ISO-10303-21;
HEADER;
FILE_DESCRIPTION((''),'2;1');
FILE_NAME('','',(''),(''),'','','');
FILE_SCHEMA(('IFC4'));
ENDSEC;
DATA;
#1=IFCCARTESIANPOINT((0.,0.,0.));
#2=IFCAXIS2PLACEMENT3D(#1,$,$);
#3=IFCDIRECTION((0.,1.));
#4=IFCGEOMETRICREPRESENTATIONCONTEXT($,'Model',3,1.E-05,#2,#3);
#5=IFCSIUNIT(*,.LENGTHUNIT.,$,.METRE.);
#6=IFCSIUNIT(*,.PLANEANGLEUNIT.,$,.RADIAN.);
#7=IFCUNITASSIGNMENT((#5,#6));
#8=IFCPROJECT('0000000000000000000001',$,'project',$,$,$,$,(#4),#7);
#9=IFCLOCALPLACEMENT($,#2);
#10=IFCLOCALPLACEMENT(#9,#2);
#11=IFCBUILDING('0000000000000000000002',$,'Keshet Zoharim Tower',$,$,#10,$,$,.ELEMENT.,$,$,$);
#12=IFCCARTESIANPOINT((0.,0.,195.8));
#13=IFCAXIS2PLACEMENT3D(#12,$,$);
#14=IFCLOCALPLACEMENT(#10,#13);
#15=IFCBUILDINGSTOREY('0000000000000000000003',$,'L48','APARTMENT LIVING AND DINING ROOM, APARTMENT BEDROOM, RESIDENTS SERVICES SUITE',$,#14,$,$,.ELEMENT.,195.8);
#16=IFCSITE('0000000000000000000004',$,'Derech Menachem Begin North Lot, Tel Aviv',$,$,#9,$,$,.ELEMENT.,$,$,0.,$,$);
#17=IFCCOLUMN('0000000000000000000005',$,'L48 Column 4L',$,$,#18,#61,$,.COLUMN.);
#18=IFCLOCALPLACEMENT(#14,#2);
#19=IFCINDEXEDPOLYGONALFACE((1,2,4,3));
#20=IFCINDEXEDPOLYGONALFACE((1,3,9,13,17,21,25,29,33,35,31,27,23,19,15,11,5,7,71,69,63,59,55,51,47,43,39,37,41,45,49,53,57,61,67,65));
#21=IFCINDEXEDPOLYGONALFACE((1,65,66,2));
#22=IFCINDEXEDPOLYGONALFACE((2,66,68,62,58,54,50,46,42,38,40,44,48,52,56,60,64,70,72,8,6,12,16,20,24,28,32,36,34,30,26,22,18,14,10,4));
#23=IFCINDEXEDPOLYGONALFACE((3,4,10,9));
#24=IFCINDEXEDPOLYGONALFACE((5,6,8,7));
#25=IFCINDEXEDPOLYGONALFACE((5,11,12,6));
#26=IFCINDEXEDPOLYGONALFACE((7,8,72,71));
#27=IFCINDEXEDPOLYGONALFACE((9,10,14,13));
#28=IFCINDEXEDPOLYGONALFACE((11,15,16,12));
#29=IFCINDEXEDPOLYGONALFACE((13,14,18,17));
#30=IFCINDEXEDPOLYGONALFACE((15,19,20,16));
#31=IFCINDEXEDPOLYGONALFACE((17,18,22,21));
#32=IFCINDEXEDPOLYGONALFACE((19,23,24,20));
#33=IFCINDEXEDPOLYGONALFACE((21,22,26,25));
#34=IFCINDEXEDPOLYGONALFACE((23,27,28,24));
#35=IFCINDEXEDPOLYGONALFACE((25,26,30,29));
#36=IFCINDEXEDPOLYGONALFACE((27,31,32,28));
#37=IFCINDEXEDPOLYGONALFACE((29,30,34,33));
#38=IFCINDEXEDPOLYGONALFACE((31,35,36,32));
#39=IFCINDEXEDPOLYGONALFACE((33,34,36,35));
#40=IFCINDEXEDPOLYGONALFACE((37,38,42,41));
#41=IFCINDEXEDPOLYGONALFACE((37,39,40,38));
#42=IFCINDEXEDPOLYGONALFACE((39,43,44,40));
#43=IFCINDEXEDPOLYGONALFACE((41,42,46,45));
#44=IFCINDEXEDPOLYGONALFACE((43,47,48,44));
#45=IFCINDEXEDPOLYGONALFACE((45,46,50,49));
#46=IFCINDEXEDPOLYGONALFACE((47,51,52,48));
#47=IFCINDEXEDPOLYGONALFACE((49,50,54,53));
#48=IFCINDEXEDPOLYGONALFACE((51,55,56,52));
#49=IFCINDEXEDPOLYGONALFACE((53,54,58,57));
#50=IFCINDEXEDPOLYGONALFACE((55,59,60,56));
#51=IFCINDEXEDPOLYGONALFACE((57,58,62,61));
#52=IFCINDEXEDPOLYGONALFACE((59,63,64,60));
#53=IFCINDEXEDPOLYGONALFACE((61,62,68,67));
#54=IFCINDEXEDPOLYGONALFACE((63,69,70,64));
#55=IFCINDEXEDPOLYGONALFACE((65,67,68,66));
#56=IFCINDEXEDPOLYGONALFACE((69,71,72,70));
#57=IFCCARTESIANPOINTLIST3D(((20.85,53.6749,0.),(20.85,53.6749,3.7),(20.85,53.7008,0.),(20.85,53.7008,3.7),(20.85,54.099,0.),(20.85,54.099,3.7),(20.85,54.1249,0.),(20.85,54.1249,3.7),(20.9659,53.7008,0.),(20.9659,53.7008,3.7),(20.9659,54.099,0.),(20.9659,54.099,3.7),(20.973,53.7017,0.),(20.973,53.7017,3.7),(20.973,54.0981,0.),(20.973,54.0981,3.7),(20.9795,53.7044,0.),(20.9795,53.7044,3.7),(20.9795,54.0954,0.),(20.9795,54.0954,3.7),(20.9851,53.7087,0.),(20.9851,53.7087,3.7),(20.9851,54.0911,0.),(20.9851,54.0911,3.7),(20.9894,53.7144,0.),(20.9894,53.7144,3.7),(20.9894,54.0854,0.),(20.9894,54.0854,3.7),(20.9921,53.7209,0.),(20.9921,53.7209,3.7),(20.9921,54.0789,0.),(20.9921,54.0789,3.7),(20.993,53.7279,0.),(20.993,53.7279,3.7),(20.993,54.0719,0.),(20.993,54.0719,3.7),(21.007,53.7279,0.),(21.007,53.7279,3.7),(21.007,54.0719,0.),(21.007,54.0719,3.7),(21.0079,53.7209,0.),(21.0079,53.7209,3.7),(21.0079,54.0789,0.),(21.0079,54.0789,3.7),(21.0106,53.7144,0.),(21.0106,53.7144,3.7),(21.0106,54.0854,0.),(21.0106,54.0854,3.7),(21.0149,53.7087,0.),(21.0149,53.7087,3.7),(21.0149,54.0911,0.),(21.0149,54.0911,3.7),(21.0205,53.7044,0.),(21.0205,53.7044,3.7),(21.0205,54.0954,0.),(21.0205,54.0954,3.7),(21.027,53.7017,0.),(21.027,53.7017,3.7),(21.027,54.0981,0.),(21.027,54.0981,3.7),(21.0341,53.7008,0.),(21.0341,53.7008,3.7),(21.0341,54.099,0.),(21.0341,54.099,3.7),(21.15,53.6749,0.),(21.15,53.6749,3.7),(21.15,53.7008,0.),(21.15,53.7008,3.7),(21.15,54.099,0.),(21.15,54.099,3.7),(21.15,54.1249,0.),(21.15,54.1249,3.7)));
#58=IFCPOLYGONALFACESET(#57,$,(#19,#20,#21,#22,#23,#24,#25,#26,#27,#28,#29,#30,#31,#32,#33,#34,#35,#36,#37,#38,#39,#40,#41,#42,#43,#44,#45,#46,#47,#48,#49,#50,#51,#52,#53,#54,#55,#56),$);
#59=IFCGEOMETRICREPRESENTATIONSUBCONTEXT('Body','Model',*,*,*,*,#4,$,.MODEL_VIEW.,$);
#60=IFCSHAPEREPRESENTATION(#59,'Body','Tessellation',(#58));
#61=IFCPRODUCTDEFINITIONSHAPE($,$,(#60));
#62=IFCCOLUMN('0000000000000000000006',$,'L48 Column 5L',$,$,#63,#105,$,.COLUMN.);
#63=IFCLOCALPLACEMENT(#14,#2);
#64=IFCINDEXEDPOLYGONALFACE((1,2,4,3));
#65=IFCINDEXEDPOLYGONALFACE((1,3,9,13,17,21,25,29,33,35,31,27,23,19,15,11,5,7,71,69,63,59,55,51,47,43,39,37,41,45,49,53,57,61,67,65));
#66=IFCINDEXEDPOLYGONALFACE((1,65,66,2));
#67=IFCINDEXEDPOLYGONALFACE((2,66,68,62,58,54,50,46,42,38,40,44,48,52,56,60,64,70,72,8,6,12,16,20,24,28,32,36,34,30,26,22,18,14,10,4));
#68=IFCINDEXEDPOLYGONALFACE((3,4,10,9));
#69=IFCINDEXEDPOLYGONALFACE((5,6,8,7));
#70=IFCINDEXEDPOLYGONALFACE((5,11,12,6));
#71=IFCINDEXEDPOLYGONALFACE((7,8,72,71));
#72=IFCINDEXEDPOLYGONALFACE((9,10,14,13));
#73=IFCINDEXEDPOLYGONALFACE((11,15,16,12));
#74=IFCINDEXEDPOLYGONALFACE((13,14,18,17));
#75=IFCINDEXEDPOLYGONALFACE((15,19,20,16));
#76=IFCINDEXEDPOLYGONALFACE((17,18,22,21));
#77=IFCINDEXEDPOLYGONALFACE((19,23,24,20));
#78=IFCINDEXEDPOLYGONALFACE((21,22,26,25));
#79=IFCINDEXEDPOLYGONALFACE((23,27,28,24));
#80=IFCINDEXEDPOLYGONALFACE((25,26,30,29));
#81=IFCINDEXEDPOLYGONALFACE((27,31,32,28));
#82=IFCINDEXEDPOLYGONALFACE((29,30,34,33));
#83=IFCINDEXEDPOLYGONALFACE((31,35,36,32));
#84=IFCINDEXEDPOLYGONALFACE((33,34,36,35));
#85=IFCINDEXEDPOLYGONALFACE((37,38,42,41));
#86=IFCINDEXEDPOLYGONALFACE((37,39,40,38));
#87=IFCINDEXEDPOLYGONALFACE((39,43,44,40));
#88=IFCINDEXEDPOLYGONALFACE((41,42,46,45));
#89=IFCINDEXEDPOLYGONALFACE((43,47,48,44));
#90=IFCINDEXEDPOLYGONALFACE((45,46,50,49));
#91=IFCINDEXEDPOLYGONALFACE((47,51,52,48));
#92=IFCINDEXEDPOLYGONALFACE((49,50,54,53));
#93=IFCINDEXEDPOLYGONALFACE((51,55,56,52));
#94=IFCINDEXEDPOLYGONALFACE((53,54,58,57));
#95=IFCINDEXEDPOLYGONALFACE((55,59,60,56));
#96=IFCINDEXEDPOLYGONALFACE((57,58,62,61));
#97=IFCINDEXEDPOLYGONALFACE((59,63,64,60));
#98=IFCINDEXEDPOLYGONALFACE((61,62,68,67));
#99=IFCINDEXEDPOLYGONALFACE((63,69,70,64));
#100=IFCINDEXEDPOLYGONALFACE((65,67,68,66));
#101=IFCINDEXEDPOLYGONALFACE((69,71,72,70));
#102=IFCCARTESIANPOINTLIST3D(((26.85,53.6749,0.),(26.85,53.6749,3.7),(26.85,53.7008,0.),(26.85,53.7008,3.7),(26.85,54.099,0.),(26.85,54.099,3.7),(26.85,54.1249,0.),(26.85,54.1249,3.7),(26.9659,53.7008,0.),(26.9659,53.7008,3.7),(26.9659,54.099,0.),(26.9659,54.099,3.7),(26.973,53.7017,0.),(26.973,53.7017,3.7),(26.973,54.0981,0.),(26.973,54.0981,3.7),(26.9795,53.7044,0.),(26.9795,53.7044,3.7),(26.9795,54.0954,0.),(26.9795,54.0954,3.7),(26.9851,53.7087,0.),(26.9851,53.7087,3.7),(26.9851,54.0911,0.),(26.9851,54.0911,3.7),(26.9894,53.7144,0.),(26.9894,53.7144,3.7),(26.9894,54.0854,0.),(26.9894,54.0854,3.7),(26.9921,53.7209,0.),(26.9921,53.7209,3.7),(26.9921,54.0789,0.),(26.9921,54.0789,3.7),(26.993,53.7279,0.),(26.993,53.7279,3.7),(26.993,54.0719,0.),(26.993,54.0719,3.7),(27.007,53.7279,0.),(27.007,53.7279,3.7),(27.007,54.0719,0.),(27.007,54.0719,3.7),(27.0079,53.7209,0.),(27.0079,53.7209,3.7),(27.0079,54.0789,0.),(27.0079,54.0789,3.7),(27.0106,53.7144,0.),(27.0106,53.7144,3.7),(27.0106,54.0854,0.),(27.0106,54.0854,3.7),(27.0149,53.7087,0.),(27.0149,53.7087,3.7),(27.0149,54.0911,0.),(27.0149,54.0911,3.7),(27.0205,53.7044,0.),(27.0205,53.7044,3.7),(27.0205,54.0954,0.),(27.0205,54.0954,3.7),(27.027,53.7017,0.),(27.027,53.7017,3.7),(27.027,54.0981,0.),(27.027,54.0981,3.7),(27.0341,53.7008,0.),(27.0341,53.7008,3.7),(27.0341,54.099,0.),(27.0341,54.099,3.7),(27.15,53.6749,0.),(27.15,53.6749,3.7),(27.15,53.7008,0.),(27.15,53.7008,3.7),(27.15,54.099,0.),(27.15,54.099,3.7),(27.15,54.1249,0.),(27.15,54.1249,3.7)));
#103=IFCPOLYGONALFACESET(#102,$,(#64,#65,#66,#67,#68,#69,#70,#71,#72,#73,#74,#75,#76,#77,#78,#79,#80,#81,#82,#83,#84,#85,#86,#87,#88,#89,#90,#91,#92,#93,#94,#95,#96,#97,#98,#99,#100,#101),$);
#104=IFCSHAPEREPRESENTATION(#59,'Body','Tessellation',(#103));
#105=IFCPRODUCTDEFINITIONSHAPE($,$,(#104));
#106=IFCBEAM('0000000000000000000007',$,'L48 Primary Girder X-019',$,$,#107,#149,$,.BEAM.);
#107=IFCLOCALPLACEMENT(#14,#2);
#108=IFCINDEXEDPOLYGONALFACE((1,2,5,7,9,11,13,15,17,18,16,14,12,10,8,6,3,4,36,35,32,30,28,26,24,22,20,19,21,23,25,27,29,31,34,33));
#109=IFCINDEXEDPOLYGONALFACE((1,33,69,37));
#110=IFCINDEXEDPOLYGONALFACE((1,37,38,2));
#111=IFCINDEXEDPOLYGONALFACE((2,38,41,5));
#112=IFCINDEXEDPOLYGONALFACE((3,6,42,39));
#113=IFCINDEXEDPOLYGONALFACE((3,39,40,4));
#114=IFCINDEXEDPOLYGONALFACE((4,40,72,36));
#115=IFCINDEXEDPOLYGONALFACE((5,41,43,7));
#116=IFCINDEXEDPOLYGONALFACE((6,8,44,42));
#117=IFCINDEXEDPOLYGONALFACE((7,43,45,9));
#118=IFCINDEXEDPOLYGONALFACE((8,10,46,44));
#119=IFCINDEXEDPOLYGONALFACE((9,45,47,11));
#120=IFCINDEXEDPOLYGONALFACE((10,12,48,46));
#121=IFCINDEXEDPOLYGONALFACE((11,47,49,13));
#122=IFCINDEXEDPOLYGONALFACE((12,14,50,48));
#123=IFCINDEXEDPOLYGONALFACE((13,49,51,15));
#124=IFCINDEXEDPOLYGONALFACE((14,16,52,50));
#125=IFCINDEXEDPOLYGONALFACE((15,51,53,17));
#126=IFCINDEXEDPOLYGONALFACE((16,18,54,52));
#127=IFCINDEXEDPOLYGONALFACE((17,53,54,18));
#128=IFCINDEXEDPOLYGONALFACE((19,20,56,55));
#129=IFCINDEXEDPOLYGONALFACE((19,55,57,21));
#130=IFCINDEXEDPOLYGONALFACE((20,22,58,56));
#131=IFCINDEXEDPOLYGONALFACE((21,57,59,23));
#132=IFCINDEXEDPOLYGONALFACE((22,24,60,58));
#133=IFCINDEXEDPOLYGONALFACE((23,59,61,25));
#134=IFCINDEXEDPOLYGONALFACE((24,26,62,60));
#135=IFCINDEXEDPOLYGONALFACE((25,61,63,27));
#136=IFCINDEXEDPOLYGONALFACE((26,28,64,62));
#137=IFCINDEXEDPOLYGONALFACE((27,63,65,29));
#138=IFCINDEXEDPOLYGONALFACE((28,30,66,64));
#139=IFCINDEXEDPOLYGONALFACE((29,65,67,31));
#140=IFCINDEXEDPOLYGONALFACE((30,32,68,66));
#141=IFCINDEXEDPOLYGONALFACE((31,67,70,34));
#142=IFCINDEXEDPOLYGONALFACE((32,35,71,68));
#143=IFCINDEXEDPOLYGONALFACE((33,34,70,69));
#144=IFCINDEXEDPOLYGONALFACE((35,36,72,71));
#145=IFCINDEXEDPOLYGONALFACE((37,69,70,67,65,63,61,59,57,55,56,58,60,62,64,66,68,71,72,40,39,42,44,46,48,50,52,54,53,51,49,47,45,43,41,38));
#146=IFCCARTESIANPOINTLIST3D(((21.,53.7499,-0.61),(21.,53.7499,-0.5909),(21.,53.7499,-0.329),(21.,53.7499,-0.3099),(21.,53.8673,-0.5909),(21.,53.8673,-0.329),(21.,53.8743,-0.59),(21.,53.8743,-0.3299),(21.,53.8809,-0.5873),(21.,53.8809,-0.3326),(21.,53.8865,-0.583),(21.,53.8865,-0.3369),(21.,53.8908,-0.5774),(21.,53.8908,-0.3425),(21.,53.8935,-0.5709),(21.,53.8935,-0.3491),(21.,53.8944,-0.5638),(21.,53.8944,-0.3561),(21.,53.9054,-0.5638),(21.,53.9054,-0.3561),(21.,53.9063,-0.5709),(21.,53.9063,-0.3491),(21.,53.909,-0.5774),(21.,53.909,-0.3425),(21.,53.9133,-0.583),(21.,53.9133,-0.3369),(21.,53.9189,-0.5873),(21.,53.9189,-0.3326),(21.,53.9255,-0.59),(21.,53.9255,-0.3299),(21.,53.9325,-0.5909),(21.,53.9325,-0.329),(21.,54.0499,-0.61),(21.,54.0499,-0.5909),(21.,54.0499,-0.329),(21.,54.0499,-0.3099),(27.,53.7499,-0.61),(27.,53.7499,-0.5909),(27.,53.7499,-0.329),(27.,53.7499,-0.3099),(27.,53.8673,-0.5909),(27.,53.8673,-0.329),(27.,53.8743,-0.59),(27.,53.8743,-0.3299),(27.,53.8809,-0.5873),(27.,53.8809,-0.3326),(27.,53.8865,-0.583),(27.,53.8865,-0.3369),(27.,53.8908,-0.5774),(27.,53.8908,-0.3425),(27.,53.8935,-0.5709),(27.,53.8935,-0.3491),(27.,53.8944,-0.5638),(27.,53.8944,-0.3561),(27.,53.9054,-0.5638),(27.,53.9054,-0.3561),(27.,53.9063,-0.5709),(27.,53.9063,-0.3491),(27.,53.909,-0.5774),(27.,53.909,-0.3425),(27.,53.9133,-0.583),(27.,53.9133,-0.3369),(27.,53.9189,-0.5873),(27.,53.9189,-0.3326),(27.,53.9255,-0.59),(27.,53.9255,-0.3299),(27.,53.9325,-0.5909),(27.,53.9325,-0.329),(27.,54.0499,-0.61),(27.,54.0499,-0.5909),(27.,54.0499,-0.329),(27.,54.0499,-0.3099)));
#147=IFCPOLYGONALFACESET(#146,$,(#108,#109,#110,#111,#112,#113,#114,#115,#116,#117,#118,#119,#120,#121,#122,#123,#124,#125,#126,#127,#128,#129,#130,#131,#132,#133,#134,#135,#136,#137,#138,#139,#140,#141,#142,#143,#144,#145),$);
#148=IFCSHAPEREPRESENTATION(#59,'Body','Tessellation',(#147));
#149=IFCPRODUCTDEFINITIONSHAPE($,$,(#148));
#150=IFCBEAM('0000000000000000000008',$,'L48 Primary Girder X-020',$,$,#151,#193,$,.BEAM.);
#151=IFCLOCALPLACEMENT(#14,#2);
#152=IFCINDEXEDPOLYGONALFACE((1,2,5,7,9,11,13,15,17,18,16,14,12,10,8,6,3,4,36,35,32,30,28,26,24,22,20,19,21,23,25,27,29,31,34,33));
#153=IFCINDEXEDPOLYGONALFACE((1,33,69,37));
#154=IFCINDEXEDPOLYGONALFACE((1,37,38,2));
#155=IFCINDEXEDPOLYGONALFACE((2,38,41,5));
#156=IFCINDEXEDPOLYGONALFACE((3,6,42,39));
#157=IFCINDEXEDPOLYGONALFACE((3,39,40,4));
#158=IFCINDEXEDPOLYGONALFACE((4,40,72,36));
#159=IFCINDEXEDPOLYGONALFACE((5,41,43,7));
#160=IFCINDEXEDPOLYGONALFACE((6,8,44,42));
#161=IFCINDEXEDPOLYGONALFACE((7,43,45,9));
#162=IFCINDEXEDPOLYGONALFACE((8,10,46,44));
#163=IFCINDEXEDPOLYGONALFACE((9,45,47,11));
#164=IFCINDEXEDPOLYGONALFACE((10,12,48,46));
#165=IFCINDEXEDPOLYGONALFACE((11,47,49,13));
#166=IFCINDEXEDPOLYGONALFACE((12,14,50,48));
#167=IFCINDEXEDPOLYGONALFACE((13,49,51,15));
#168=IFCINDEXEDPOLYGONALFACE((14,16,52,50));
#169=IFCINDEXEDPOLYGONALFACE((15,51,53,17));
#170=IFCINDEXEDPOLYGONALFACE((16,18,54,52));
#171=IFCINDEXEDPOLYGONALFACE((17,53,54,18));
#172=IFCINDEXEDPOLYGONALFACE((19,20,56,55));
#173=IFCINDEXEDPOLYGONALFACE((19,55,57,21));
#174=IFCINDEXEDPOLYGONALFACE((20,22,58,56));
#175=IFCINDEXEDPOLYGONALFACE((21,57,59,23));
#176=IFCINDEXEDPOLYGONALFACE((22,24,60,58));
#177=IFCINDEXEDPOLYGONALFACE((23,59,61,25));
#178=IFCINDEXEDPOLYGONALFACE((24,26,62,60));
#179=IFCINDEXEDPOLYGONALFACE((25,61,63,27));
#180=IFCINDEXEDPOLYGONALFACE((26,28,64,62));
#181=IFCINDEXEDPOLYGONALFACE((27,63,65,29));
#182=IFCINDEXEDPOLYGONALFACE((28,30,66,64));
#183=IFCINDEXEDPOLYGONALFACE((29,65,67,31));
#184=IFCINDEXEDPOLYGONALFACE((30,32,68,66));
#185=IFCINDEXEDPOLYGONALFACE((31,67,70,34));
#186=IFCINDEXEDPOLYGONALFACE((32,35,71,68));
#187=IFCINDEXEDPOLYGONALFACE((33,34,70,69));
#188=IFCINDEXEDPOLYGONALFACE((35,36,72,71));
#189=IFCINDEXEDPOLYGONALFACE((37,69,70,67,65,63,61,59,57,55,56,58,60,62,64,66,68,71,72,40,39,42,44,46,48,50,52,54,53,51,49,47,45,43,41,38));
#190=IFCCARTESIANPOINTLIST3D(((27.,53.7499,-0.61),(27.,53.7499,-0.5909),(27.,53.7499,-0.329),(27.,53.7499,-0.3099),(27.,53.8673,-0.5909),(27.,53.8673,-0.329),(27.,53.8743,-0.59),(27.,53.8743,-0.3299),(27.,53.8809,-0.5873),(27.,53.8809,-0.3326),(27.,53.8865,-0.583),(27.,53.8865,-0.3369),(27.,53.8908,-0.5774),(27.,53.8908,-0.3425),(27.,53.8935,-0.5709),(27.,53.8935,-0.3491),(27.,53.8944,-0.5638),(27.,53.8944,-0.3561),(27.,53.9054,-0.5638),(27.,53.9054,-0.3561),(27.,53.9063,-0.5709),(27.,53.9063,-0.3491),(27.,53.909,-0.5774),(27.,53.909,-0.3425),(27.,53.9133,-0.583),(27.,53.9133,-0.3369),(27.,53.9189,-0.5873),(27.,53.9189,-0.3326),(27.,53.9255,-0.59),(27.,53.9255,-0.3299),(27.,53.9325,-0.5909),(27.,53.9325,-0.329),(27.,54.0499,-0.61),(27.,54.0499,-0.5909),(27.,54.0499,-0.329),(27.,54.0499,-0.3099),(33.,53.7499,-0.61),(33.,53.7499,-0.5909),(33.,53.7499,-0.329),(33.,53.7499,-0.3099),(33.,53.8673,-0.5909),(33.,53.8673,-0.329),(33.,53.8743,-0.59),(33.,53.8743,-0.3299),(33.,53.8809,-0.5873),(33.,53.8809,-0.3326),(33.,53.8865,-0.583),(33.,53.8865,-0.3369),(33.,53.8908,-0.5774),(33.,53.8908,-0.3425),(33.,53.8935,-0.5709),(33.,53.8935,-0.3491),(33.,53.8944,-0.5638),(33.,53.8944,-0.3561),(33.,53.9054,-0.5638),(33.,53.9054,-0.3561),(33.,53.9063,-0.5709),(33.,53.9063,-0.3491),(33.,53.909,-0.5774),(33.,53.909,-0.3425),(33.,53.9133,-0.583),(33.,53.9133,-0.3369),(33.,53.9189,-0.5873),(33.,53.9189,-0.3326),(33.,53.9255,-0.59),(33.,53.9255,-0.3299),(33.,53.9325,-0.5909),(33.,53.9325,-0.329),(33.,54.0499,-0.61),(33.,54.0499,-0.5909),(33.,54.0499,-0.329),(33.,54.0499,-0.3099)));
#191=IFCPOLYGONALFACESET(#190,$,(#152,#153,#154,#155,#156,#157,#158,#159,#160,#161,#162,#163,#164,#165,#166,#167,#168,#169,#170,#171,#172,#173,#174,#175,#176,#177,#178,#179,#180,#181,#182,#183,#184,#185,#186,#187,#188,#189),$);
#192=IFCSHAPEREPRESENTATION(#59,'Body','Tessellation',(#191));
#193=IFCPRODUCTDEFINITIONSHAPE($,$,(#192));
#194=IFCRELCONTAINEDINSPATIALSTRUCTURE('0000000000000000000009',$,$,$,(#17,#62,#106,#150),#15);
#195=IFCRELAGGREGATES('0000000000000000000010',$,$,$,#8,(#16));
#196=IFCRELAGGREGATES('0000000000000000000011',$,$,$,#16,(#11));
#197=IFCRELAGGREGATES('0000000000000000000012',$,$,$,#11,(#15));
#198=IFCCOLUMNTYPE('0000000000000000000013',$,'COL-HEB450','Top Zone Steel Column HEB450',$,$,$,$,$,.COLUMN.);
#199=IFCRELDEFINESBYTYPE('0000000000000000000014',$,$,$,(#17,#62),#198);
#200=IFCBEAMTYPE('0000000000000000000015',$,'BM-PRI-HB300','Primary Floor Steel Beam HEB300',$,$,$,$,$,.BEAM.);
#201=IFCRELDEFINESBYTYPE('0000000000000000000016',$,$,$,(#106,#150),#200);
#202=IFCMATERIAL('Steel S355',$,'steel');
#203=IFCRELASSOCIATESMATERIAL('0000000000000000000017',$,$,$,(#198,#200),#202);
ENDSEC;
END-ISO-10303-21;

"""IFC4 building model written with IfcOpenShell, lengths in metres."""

from ifc_helpers import new_model, si_unit, direction, frame, origin, origin_2d, place, context, subcontext, project, spatial, i_section, extrude, material, material_profile, profile_set, type_object, element, save


model = new_model("IFC4")

# Units and contexts
model_context = context("Model", 3, precision=1e-05, world=origin(), true_north=direction((0.0, 1.0)))
body_context = subcontext(model_context, "Body", "Model", "MODEL_VIEW")
ifc_project = project(units=[si_unit("LENGTHUNIT", "METRE"), si_unit("PLANEANGLEUNIT", "RADIAN")], contexts=[model_context])

# Site, building, storey
site_placement = place(None, origin())
site = spatial("IfcSite", under=ifc_project, at=site_placement, Name="Derech Menachem Begin North Lot, Tel Aviv", CompositionType="ELEMENT", RefElevation=0.0)
building_placement = place(site_placement, origin())
building = spatial("IfcBuilding", under=site, at=building_placement, Name="Keshet Zoharim Tower", CompositionType="ELEMENT")
storey_placement = place(building_placement, frame((0.0, 0.0, 195.8)))
storey = spatial("IfcBuildingStorey", under=building, at=storey_placement, Name="L48", Description="APARTMENT LIVING AND DINING ROOM, APARTMENT BEDROOM, RESIDENTS SERVICES SUITE", CompositionType="ELEMENT", Elevation=195.8)

# Columns
ifc_material_1 = material(Name="Steel S355", Category="steel")
ifc_material_profile_1 = material_profile(ifc_material_1, i_section(OverallWidth=0.3, OverallDepth=0.45, WebThickness=0.0139, FlangeThickness=0.0259, FilletRadius=0.0271, at=origin_2d()), Name="HEB450")
ifc_profile_set_1 = profile_set([ifc_material_profile_1], Name="Steel S355")
column_type = type_object("IfcColumnType", Name="COL-HEB450", Description="Top Zone Steel Column HEB450", PredefinedType="COLUMN", material=ifc_profile_set_1)
for number, where, z_axis, x_axis, name in (
    (1, (21.0, 53.8999, 0.0), (0.0, 0.0, 1.0), (1.0, 0.0, 0.0), "L48 Column 4L"),
    (2, (27.0, 53.8999, 0.0), (0.0, 0.0, 1.0), (1.0, 0.0, 0.0), "L48 Column 5L"),
):
    element("IfcColumn", number, at=place(storey_placement, frame(where, z_axis=z_axis, x_axis=x_axis)), inside=storey, type_object=column_type, Name=name, PredefinedType="COLUMN", context=body_context, shape_type="SweptSolid", body=[
        extrude(i_section(OverallWidth=0.3, OverallDepth=0.45, WebThickness=0.0139, FlangeThickness=0.0259, FilletRadius=0.0271, at=origin_2d()), origin(), (0.0, 0.0, 1.0), 3.7),
    ])

# Beams
ifc_material_profile_2 = material_profile(ifc_material_1, i_section(OverallWidth=0.3, OverallDepth=0.3, WebThickness=0.011, FlangeThickness=0.019, FilletRadius=0.0271, at=origin_2d()), Name="HEB300")
ifc_profile_set_2 = profile_set([ifc_material_profile_2], Name="Steel S355")
beam_type = type_object("IfcBeamType", Name="BM-PRI-HB300", Description="Primary Floor Steel Beam HEB300", PredefinedType="BEAM", material=ifc_profile_set_2)
for number, where, z_axis, x_axis, name in (
    (3, (21.0, 53.8999, -0.46), (1.0, 0.0, 0.0), (0.0, 1.0, 0.0), "L48 Primary Girder X-019"),
    (4, (27.0, 53.8999, -0.46), (1.0, 0.0, 0.0), (0.0, 1.0, 0.0), "L48 Primary Girder X-020"),
):
    element("IfcBeam", number, at=place(storey_placement, frame(where, z_axis=z_axis, x_axis=x_axis)), inside=storey, type_object=beam_type, Name=name, PredefinedType="BEAM", context=body_context, shape_type="SweptSolid", body=[
        extrude(i_section(OverallWidth=0.3, OverallDepth=0.3, WebThickness=0.011, FlangeThickness=0.019, FilletRadius=0.0271, at=origin_2d()), origin(), (0.0, 0.0, 1.0), 6.0),
    ])

save(model, "model.ifc")
